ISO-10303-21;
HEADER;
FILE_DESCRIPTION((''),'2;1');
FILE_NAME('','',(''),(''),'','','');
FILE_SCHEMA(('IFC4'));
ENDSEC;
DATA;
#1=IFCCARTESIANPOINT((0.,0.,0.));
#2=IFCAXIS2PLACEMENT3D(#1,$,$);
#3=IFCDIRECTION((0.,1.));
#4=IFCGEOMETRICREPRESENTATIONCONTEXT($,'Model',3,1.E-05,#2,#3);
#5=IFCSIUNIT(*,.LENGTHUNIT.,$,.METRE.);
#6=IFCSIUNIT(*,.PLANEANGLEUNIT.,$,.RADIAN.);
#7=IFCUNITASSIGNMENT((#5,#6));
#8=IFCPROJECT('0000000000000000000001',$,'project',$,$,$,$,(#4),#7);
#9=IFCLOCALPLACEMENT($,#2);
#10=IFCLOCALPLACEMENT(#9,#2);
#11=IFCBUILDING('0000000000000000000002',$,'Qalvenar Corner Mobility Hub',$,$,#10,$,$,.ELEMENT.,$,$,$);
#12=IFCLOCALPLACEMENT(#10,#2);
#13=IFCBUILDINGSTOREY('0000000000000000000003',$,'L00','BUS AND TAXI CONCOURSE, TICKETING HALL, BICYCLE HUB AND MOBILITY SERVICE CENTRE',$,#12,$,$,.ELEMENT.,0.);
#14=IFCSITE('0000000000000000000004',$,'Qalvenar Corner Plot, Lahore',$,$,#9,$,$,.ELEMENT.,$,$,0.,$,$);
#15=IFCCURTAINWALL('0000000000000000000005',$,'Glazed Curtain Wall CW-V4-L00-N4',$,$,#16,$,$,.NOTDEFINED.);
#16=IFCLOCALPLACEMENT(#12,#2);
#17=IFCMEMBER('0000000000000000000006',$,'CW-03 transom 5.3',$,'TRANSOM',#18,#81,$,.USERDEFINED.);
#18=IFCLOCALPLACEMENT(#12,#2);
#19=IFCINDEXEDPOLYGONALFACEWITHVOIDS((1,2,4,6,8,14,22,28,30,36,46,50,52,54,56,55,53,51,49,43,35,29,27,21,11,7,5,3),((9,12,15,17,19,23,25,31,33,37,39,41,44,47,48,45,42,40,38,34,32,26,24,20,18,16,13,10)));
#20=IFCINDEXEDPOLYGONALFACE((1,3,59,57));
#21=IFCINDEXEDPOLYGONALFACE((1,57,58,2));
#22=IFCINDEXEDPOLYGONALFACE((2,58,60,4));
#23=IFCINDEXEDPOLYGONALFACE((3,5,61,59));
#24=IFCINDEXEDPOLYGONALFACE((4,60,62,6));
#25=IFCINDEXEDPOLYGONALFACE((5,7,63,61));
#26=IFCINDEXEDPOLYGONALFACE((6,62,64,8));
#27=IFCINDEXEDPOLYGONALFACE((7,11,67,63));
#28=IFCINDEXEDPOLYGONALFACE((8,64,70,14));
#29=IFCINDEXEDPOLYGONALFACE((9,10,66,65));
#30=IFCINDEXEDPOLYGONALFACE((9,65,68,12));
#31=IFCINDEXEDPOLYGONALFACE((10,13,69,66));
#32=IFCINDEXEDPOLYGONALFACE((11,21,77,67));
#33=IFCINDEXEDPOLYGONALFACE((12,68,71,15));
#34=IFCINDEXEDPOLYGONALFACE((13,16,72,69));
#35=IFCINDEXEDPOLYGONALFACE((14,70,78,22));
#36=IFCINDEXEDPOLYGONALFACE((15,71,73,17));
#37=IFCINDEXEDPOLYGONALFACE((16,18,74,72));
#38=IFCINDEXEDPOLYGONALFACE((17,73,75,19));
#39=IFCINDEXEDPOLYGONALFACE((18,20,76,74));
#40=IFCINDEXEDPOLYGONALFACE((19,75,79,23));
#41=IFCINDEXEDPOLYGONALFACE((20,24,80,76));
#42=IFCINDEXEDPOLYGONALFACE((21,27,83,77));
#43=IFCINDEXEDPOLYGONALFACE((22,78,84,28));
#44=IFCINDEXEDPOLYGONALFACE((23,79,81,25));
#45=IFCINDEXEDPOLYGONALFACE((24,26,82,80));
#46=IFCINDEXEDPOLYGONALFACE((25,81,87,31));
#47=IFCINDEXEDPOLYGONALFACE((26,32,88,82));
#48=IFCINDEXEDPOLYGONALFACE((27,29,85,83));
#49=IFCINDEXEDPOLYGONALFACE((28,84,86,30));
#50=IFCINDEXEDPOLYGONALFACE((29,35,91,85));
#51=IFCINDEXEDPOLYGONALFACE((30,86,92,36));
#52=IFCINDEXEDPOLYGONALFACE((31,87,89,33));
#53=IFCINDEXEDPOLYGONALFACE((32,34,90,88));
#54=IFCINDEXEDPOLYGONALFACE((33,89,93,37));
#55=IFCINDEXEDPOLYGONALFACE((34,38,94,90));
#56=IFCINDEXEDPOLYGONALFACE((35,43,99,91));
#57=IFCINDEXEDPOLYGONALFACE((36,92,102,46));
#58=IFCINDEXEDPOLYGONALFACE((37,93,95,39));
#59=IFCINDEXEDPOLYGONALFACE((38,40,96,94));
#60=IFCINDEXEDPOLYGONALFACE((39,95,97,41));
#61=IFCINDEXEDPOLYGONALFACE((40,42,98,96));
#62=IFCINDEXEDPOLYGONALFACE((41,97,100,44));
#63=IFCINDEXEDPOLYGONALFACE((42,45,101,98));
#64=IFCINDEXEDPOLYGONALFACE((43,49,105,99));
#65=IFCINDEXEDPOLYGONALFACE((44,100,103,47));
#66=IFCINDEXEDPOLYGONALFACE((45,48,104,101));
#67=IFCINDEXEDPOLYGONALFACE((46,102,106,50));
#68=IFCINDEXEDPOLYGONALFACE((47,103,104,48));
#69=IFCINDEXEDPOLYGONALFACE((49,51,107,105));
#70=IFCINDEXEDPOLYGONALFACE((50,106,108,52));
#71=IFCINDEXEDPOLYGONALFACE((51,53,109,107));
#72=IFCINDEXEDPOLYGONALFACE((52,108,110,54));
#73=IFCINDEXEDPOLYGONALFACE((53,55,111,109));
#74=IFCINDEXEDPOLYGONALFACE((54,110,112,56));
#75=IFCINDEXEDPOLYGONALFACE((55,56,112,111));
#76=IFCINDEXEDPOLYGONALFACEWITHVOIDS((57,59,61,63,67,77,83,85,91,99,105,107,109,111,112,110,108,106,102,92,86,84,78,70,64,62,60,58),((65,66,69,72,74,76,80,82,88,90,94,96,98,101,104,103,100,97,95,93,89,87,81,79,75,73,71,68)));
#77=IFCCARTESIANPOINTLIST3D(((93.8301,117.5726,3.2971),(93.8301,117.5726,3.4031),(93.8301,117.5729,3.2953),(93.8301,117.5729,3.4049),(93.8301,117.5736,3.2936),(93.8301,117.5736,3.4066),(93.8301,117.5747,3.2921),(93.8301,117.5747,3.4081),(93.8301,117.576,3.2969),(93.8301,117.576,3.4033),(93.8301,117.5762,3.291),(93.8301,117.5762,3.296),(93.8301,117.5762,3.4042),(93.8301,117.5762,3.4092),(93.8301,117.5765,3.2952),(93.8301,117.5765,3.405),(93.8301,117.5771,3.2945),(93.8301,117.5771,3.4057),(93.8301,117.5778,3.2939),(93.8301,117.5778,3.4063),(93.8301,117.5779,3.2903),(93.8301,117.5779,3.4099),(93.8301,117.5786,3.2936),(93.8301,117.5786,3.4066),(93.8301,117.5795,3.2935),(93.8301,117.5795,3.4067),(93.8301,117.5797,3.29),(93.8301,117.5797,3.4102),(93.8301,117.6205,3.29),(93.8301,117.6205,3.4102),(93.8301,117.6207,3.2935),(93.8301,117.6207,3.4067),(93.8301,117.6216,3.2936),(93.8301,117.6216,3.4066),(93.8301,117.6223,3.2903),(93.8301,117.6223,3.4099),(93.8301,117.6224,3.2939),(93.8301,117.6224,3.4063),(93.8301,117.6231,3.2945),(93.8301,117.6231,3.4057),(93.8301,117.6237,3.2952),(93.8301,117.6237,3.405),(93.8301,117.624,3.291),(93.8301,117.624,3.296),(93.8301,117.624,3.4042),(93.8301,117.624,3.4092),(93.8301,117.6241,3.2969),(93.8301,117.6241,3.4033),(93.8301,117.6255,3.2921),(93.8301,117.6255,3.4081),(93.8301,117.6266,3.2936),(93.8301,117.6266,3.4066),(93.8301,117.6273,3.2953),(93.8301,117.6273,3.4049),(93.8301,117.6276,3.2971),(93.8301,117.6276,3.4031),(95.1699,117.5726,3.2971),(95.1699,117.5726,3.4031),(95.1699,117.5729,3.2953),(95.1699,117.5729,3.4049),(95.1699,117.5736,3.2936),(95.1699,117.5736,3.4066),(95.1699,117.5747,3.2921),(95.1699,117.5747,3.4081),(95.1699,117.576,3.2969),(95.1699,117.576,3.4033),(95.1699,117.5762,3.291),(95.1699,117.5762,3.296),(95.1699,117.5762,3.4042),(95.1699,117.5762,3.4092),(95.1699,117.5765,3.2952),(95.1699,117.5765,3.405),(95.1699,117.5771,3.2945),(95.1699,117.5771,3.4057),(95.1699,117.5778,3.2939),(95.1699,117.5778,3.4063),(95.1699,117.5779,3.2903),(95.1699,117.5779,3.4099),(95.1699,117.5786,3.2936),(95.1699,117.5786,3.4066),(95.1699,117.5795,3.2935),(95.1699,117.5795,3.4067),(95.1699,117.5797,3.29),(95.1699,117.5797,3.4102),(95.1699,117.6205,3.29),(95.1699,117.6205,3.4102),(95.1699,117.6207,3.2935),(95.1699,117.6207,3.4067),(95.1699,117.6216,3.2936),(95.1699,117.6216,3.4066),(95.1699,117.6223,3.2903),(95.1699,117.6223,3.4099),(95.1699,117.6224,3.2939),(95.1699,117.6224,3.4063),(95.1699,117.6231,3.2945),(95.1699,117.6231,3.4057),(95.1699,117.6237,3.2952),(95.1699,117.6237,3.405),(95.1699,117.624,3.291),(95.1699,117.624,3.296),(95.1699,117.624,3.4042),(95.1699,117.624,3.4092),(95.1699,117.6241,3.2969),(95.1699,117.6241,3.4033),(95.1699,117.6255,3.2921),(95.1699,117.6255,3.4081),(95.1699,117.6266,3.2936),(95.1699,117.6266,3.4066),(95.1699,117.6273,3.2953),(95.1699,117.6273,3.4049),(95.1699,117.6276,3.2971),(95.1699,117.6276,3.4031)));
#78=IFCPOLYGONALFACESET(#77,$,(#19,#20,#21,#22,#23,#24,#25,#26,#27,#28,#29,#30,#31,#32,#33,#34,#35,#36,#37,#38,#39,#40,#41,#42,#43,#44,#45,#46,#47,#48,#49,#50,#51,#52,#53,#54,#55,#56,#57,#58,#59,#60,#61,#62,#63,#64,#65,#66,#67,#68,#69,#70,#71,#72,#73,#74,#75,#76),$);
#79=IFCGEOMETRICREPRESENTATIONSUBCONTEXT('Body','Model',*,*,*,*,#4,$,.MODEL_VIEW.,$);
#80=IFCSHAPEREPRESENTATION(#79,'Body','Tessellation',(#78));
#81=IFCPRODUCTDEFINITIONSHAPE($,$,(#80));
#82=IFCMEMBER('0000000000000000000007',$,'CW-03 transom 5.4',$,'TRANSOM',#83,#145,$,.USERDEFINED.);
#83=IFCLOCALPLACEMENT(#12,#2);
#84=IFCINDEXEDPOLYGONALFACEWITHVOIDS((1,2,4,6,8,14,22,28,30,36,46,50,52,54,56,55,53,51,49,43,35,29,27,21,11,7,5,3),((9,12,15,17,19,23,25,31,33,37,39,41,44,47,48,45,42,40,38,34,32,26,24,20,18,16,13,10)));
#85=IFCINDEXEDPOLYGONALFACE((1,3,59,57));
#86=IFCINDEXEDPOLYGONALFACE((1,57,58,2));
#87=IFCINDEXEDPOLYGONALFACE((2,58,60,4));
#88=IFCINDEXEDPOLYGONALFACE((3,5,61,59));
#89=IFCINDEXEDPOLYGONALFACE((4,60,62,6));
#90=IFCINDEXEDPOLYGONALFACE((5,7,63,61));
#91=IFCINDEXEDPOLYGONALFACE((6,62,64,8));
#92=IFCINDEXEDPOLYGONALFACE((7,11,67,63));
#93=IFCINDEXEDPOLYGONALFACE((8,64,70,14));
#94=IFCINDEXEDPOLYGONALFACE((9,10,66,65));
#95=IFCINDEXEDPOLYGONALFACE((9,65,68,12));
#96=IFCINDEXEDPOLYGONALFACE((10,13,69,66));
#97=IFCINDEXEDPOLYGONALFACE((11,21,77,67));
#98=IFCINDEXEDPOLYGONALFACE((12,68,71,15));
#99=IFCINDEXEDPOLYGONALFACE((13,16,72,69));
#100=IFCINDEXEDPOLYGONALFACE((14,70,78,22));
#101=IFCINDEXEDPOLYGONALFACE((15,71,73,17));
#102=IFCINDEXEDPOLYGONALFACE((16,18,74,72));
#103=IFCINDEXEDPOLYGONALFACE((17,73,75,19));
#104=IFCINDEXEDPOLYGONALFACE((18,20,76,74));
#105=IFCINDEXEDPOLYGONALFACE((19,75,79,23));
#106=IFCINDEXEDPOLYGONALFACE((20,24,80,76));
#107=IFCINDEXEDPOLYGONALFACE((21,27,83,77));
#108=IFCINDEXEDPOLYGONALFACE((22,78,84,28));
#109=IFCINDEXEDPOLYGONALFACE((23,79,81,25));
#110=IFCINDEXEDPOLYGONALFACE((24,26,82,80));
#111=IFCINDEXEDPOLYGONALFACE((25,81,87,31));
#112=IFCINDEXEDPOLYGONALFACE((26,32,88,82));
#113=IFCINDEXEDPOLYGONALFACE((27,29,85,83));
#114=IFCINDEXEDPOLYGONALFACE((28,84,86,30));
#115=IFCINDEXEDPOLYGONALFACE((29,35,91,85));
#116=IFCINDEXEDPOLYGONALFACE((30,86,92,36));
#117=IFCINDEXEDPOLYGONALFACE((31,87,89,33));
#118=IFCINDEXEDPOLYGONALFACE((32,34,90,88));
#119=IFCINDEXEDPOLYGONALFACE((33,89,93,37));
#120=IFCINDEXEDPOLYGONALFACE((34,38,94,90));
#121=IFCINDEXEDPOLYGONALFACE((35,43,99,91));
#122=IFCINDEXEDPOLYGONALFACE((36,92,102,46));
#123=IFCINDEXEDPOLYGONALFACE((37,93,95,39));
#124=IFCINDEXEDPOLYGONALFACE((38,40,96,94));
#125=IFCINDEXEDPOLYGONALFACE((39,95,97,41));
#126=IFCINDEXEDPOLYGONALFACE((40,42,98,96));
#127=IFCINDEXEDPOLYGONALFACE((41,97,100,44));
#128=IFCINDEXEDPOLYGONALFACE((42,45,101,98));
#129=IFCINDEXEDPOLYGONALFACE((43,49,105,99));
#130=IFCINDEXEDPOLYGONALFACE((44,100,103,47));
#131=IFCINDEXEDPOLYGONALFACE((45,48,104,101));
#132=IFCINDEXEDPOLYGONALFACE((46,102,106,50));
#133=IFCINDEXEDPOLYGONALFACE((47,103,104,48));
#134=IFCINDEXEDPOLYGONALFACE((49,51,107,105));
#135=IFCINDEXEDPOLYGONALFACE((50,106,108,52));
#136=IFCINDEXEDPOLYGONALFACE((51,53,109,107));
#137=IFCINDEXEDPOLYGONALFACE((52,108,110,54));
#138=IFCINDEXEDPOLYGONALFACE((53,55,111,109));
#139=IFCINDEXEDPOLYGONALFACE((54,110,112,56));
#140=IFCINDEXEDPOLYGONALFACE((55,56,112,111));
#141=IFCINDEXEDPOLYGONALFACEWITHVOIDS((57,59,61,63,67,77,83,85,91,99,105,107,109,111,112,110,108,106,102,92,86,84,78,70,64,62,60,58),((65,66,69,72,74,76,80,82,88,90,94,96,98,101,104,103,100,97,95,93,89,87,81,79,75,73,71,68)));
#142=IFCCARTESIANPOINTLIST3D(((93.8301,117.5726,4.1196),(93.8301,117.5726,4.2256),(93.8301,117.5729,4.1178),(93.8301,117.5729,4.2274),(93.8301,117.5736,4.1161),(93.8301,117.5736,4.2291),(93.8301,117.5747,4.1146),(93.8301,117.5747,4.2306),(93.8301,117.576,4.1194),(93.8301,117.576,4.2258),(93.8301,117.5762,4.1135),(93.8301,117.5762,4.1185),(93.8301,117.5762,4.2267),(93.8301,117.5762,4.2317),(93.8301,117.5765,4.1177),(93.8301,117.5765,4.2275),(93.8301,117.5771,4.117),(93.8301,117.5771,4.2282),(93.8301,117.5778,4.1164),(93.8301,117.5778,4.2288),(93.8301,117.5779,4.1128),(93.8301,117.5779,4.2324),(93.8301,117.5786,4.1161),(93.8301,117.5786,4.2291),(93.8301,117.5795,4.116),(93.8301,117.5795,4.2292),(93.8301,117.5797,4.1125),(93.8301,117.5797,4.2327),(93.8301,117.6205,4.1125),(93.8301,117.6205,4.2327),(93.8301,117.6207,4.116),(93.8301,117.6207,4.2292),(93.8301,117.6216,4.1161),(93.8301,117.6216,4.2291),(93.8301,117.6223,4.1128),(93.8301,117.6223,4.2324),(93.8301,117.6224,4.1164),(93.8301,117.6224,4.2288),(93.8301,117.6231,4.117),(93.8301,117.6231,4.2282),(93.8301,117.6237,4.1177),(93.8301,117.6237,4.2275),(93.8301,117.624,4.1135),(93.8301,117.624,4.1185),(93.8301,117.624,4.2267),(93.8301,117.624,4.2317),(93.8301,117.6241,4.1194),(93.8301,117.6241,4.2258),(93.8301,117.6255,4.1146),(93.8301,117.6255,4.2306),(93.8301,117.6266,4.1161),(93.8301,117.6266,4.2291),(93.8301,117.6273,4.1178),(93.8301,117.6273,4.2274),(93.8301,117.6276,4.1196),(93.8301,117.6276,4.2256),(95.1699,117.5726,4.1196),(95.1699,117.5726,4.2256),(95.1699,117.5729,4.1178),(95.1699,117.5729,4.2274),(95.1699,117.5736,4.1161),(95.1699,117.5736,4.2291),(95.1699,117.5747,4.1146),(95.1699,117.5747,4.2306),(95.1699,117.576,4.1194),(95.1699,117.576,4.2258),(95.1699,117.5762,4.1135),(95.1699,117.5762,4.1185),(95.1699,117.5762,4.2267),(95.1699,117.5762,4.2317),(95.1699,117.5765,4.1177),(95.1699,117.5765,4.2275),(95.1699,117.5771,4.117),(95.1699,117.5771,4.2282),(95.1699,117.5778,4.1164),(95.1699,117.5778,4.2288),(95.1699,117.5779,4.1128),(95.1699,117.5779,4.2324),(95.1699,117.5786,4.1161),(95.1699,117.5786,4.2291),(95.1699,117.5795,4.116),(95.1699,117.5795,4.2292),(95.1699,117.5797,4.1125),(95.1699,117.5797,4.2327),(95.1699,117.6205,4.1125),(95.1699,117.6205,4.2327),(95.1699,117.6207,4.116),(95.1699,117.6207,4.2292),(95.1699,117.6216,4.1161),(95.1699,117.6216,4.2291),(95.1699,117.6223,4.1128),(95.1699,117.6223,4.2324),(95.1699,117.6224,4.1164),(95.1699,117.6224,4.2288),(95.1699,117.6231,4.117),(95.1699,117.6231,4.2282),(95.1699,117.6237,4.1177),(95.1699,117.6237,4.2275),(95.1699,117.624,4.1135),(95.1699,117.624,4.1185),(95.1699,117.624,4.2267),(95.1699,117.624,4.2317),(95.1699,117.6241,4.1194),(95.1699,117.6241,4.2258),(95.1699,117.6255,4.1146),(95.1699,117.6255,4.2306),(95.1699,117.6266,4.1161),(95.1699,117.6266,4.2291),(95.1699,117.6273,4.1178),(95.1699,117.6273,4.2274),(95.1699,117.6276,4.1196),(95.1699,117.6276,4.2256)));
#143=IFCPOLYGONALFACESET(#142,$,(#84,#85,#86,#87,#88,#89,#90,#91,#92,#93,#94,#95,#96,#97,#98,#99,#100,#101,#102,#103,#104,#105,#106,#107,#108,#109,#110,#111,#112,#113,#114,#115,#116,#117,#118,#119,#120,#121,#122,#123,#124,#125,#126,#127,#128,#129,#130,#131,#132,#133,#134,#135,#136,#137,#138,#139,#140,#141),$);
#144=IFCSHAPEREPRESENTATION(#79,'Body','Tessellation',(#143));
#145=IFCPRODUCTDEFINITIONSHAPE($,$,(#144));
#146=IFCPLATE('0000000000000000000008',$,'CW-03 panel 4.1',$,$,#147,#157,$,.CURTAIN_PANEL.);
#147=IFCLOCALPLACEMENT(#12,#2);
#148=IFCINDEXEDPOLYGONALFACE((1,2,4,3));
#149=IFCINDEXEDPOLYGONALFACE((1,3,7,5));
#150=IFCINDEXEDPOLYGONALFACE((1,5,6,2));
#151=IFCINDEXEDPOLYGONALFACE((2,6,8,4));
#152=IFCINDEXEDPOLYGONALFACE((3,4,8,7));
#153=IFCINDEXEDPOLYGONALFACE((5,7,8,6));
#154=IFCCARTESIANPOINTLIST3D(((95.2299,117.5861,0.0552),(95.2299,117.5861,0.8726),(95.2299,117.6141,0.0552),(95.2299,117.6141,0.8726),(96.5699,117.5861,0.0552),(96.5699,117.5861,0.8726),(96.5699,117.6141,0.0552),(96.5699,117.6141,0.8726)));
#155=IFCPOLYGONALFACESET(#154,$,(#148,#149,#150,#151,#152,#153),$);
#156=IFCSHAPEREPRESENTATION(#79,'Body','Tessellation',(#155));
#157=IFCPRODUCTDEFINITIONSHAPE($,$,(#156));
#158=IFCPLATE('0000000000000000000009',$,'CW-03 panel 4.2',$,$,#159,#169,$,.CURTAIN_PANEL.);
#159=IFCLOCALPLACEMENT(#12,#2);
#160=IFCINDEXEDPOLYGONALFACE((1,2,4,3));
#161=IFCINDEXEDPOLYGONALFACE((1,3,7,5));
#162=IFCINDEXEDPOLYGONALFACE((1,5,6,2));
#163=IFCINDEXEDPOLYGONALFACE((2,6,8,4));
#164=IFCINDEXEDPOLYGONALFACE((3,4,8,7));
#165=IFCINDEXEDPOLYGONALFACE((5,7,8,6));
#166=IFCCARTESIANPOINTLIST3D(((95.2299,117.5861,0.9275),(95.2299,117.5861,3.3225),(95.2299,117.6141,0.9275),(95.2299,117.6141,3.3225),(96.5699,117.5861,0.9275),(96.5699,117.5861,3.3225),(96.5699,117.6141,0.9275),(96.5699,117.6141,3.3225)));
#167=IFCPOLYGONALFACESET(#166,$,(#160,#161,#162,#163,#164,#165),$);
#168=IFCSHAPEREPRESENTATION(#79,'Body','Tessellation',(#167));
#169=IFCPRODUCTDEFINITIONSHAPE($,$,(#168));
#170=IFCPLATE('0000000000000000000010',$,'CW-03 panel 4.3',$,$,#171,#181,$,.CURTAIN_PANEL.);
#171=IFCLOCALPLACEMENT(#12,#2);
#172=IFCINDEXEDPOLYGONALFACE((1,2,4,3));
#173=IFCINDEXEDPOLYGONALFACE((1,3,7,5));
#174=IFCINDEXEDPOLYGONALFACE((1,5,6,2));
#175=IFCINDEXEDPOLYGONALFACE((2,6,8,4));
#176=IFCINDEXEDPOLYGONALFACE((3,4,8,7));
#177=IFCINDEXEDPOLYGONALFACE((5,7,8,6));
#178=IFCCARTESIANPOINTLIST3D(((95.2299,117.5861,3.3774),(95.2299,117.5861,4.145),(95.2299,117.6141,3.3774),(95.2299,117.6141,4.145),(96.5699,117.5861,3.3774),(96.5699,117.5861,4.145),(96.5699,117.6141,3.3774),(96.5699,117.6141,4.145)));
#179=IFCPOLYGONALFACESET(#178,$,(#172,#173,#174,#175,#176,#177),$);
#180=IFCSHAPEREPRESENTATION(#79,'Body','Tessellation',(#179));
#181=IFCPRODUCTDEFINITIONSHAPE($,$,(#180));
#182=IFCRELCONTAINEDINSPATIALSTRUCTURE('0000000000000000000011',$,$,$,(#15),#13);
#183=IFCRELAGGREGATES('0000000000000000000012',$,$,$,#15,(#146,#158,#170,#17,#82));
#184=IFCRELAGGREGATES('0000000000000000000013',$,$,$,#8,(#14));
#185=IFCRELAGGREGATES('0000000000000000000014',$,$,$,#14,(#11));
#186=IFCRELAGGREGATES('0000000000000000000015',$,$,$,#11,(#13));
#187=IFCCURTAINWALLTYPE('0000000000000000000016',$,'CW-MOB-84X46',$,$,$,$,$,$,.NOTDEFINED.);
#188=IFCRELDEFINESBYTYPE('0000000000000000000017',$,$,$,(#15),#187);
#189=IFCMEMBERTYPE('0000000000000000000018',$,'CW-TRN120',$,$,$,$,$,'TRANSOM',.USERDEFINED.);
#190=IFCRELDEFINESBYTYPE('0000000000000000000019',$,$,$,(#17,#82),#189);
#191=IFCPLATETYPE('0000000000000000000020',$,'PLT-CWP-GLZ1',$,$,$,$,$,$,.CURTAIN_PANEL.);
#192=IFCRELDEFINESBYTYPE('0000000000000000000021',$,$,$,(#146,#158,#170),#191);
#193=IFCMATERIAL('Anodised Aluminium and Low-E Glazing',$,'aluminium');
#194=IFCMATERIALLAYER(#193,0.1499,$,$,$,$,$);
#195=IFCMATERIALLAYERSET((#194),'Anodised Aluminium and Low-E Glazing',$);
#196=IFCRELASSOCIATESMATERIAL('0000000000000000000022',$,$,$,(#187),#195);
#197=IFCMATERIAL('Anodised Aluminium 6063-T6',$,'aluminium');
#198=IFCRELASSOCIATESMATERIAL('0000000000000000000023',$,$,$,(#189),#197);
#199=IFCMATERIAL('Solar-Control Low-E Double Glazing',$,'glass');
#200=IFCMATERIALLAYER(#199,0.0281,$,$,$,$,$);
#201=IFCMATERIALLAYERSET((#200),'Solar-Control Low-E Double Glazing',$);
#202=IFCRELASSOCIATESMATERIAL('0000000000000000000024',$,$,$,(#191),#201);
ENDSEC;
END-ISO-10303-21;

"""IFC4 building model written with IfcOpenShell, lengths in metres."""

from ifc_helpers import new_model, si_unit, direction, frame, origin, origin_2d, place, context, subcontext, project, spatial, rectangle, hollow_rectangle, extrude, material, layer, layer_set, material_profile, profile_set, type_object, element, aggregate, save


model = new_model("IFC4")

# Units and contexts
model_context = context("Model", 3, precision=1e-05, world=origin(), true_north=direction((0.0, 1.0)))
body_context = subcontext(model_context, "Body", "Model", "MODEL_VIEW")
ifc_project = project(units=[si_unit("LENGTHUNIT", "METRE"), si_unit("PLANEANGLEUNIT", "RADIAN")], contexts=[model_context])

# Site, building, storey
site_placement = place(None, origin())
site = spatial("IfcSite", under=ifc_project, at=site_placement, Name="Qalvenar Corner Plot, Lahore", CompositionType="ELEMENT", RefElevation=0.0)
building_placement = place(site_placement, origin())
building = spatial("IfcBuilding", under=site, at=building_placement, Name="Qalvenar Corner Mobility Hub", CompositionType="ELEMENT")
storey_placement = place(building_placement, origin())
storey = spatial("IfcBuildingStorey", under=building, at=storey_placement, Name="L00", Description="BUS AND TAXI CONCOURSE, TICKETING HALL, BICYCLE HUB AND MOBILITY SERVICE CENTRE", CompositionType="ELEMENT", Elevation=0.0)

# Curtain wall, members, plates
ifc_material_1 = material(Name="Anodised Aluminium and Low-E Glazing", Category="aluminium")
ifc_layer_1 = layer(ifc_material_1, 0.1499)
ifc_layer_set_1 = layer_set([ifc_layer_1], Name="Anodised Aluminium and Low-E Glazing")
curtain_wall_type = type_object("IfcCurtainWallType", Name="CW-MOB-84X46", PredefinedType="NOTDEFINED", material=ifc_layer_set_1)
curtain_wall_placement = place(storey_placement, origin())
curtain_wall = element("IfcCurtainWall", 1, at=curtain_wall_placement, inside=storey, type_object=curtain_wall_type, Name="Glazed Curtain Wall CW-V4-L00-N4", PredefinedType="NOTDEFINED")
ifc_material_2 = material(Name="Anodised Aluminium 6063-T6", Category="aluminium")
ifc_material_profile_1 = material_profile(ifc_material_2, hollow_rectangle(XDim=0.0549, YDim=0.1201, WallThickness=0.0034, InnerFilletRadius=0.0034, OuterFilletRadius=0.0071, at=origin_2d()), Name="RHS120x55x3.5")
ifc_profile_set_1 = profile_set([ifc_material_profile_1], Name="Anodised Aluminium 6063-T6")
member_type_1 = type_object("IfcMemberType", Name="CW-TRN120", ElementType="TRANSOM", PredefinedType="USERDEFINED", material=ifc_profile_set_1)
member_1_placement = place(storey_placement, frame((95.1699, 117.6001, 3.3501), z_axis=(-1.0, 0.0, 0.0), x_axis=(0.0, -1.0, 0.0)))
member_1 = element("IfcMember", 2, at=member_1_placement, type_object=member_type_1, Name="CW-03 transom 5.3", ObjectType="TRANSOM", PredefinedType="USERDEFINED", context=body_context, shape_type="SweptSolid", body=[
    extrude(hollow_rectangle(XDim=0.0549, YDim=0.1201, WallThickness=0.0034, InnerFilletRadius=0.0034, OuterFilletRadius=0.0071, at=origin_2d()), origin(), (0.0, 0.0, 1.0), 1.3398),
])
member_2_placement = place(storey_placement, frame((95.1699, 117.6001, 4.1726), z_axis=(-1.0, 0.0, 0.0), x_axis=(0.0, -1.0, 0.0)))
member_2 = element("IfcMember", 3, at=member_2_placement, type_object=member_type_1, Name="CW-03 transom 5.4", ObjectType="TRANSOM", PredefinedType="USERDEFINED", context=body_context, shape_type="SweptSolid", body=[
    extrude(hollow_rectangle(XDim=0.0549, YDim=0.1201, WallThickness=0.0034, InnerFilletRadius=0.0034, OuterFilletRadius=0.0071, at=origin_2d()), origin(), (0.0, 0.0, 1.0), 1.3398),
])
ifc_material_3 = material(Name="Solar-Control Low-E Double Glazing", Category="glass")
ifc_layer_2 = layer(ifc_material_3, 0.0281)
ifc_layer_set_2 = layer_set([ifc_layer_2], Name="Solar-Control Low-E Double Glazing")
plate_type = type_object("IfcPlateType", Name="PLT-CWP-GLZ1", PredefinedType="CURTAIN_PANEL", material=ifc_layer_set_2)
plate_1_placement = place(storey_placement, frame((95.8999, 117.6001, 0.0552), z_axis=(0.0, 0.0, 1.0), x_axis=(-1.0, 0.0, 0.0)))
plate_1 = element("IfcPlate", 4, at=plate_1_placement, type_object=plate_type, Name="CW-03 panel 4.1", PredefinedType="CURTAIN_PANEL", context=body_context, shape_type="SweptSolid", body=[
    extrude(rectangle(XDim=1.3401, YDim=0.0281, at=origin_2d()), origin(), (0.0, 0.0, 1.0), 0.8174),
])
plate_2_placement = place(storey_placement, frame((95.8999, 117.6001, 0.9275), z_axis=(0.0, 0.0, 1.0), x_axis=(-1.0, 0.0, 0.0)))
plate_2 = element("IfcPlate", 5, at=plate_2_placement, type_object=plate_type, Name="CW-03 panel 4.2", PredefinedType="CURTAIN_PANEL", context=body_context, shape_type="SweptSolid", body=[
    extrude(rectangle(XDim=1.3401, YDim=0.0281, at=origin_2d()), origin(), (0.0, 0.0, 1.0), 2.395),
])
plate_3_placement = place(storey_placement, frame((95.8999, 117.6001, 3.3774), z_axis=(0.0, 0.0, 1.0), x_axis=(-1.0, 0.0, 0.0)))
plate_3 = element("IfcPlate", 6, at=plate_3_placement, type_object=plate_type, Name="CW-03 panel 4.3", PredefinedType="CURTAIN_PANEL", context=body_context, shape_type="SweptSolid", body=[
    extrude(rectangle(XDim=1.3401, YDim=0.0281, at=origin_2d()), origin(), (0.0, 0.0, 1.0), 0.7676),
])
aggregate(curtain_wall, [plate_1, plate_2, plate_3, member_1, member_2])

save(model, "model.ifc")
